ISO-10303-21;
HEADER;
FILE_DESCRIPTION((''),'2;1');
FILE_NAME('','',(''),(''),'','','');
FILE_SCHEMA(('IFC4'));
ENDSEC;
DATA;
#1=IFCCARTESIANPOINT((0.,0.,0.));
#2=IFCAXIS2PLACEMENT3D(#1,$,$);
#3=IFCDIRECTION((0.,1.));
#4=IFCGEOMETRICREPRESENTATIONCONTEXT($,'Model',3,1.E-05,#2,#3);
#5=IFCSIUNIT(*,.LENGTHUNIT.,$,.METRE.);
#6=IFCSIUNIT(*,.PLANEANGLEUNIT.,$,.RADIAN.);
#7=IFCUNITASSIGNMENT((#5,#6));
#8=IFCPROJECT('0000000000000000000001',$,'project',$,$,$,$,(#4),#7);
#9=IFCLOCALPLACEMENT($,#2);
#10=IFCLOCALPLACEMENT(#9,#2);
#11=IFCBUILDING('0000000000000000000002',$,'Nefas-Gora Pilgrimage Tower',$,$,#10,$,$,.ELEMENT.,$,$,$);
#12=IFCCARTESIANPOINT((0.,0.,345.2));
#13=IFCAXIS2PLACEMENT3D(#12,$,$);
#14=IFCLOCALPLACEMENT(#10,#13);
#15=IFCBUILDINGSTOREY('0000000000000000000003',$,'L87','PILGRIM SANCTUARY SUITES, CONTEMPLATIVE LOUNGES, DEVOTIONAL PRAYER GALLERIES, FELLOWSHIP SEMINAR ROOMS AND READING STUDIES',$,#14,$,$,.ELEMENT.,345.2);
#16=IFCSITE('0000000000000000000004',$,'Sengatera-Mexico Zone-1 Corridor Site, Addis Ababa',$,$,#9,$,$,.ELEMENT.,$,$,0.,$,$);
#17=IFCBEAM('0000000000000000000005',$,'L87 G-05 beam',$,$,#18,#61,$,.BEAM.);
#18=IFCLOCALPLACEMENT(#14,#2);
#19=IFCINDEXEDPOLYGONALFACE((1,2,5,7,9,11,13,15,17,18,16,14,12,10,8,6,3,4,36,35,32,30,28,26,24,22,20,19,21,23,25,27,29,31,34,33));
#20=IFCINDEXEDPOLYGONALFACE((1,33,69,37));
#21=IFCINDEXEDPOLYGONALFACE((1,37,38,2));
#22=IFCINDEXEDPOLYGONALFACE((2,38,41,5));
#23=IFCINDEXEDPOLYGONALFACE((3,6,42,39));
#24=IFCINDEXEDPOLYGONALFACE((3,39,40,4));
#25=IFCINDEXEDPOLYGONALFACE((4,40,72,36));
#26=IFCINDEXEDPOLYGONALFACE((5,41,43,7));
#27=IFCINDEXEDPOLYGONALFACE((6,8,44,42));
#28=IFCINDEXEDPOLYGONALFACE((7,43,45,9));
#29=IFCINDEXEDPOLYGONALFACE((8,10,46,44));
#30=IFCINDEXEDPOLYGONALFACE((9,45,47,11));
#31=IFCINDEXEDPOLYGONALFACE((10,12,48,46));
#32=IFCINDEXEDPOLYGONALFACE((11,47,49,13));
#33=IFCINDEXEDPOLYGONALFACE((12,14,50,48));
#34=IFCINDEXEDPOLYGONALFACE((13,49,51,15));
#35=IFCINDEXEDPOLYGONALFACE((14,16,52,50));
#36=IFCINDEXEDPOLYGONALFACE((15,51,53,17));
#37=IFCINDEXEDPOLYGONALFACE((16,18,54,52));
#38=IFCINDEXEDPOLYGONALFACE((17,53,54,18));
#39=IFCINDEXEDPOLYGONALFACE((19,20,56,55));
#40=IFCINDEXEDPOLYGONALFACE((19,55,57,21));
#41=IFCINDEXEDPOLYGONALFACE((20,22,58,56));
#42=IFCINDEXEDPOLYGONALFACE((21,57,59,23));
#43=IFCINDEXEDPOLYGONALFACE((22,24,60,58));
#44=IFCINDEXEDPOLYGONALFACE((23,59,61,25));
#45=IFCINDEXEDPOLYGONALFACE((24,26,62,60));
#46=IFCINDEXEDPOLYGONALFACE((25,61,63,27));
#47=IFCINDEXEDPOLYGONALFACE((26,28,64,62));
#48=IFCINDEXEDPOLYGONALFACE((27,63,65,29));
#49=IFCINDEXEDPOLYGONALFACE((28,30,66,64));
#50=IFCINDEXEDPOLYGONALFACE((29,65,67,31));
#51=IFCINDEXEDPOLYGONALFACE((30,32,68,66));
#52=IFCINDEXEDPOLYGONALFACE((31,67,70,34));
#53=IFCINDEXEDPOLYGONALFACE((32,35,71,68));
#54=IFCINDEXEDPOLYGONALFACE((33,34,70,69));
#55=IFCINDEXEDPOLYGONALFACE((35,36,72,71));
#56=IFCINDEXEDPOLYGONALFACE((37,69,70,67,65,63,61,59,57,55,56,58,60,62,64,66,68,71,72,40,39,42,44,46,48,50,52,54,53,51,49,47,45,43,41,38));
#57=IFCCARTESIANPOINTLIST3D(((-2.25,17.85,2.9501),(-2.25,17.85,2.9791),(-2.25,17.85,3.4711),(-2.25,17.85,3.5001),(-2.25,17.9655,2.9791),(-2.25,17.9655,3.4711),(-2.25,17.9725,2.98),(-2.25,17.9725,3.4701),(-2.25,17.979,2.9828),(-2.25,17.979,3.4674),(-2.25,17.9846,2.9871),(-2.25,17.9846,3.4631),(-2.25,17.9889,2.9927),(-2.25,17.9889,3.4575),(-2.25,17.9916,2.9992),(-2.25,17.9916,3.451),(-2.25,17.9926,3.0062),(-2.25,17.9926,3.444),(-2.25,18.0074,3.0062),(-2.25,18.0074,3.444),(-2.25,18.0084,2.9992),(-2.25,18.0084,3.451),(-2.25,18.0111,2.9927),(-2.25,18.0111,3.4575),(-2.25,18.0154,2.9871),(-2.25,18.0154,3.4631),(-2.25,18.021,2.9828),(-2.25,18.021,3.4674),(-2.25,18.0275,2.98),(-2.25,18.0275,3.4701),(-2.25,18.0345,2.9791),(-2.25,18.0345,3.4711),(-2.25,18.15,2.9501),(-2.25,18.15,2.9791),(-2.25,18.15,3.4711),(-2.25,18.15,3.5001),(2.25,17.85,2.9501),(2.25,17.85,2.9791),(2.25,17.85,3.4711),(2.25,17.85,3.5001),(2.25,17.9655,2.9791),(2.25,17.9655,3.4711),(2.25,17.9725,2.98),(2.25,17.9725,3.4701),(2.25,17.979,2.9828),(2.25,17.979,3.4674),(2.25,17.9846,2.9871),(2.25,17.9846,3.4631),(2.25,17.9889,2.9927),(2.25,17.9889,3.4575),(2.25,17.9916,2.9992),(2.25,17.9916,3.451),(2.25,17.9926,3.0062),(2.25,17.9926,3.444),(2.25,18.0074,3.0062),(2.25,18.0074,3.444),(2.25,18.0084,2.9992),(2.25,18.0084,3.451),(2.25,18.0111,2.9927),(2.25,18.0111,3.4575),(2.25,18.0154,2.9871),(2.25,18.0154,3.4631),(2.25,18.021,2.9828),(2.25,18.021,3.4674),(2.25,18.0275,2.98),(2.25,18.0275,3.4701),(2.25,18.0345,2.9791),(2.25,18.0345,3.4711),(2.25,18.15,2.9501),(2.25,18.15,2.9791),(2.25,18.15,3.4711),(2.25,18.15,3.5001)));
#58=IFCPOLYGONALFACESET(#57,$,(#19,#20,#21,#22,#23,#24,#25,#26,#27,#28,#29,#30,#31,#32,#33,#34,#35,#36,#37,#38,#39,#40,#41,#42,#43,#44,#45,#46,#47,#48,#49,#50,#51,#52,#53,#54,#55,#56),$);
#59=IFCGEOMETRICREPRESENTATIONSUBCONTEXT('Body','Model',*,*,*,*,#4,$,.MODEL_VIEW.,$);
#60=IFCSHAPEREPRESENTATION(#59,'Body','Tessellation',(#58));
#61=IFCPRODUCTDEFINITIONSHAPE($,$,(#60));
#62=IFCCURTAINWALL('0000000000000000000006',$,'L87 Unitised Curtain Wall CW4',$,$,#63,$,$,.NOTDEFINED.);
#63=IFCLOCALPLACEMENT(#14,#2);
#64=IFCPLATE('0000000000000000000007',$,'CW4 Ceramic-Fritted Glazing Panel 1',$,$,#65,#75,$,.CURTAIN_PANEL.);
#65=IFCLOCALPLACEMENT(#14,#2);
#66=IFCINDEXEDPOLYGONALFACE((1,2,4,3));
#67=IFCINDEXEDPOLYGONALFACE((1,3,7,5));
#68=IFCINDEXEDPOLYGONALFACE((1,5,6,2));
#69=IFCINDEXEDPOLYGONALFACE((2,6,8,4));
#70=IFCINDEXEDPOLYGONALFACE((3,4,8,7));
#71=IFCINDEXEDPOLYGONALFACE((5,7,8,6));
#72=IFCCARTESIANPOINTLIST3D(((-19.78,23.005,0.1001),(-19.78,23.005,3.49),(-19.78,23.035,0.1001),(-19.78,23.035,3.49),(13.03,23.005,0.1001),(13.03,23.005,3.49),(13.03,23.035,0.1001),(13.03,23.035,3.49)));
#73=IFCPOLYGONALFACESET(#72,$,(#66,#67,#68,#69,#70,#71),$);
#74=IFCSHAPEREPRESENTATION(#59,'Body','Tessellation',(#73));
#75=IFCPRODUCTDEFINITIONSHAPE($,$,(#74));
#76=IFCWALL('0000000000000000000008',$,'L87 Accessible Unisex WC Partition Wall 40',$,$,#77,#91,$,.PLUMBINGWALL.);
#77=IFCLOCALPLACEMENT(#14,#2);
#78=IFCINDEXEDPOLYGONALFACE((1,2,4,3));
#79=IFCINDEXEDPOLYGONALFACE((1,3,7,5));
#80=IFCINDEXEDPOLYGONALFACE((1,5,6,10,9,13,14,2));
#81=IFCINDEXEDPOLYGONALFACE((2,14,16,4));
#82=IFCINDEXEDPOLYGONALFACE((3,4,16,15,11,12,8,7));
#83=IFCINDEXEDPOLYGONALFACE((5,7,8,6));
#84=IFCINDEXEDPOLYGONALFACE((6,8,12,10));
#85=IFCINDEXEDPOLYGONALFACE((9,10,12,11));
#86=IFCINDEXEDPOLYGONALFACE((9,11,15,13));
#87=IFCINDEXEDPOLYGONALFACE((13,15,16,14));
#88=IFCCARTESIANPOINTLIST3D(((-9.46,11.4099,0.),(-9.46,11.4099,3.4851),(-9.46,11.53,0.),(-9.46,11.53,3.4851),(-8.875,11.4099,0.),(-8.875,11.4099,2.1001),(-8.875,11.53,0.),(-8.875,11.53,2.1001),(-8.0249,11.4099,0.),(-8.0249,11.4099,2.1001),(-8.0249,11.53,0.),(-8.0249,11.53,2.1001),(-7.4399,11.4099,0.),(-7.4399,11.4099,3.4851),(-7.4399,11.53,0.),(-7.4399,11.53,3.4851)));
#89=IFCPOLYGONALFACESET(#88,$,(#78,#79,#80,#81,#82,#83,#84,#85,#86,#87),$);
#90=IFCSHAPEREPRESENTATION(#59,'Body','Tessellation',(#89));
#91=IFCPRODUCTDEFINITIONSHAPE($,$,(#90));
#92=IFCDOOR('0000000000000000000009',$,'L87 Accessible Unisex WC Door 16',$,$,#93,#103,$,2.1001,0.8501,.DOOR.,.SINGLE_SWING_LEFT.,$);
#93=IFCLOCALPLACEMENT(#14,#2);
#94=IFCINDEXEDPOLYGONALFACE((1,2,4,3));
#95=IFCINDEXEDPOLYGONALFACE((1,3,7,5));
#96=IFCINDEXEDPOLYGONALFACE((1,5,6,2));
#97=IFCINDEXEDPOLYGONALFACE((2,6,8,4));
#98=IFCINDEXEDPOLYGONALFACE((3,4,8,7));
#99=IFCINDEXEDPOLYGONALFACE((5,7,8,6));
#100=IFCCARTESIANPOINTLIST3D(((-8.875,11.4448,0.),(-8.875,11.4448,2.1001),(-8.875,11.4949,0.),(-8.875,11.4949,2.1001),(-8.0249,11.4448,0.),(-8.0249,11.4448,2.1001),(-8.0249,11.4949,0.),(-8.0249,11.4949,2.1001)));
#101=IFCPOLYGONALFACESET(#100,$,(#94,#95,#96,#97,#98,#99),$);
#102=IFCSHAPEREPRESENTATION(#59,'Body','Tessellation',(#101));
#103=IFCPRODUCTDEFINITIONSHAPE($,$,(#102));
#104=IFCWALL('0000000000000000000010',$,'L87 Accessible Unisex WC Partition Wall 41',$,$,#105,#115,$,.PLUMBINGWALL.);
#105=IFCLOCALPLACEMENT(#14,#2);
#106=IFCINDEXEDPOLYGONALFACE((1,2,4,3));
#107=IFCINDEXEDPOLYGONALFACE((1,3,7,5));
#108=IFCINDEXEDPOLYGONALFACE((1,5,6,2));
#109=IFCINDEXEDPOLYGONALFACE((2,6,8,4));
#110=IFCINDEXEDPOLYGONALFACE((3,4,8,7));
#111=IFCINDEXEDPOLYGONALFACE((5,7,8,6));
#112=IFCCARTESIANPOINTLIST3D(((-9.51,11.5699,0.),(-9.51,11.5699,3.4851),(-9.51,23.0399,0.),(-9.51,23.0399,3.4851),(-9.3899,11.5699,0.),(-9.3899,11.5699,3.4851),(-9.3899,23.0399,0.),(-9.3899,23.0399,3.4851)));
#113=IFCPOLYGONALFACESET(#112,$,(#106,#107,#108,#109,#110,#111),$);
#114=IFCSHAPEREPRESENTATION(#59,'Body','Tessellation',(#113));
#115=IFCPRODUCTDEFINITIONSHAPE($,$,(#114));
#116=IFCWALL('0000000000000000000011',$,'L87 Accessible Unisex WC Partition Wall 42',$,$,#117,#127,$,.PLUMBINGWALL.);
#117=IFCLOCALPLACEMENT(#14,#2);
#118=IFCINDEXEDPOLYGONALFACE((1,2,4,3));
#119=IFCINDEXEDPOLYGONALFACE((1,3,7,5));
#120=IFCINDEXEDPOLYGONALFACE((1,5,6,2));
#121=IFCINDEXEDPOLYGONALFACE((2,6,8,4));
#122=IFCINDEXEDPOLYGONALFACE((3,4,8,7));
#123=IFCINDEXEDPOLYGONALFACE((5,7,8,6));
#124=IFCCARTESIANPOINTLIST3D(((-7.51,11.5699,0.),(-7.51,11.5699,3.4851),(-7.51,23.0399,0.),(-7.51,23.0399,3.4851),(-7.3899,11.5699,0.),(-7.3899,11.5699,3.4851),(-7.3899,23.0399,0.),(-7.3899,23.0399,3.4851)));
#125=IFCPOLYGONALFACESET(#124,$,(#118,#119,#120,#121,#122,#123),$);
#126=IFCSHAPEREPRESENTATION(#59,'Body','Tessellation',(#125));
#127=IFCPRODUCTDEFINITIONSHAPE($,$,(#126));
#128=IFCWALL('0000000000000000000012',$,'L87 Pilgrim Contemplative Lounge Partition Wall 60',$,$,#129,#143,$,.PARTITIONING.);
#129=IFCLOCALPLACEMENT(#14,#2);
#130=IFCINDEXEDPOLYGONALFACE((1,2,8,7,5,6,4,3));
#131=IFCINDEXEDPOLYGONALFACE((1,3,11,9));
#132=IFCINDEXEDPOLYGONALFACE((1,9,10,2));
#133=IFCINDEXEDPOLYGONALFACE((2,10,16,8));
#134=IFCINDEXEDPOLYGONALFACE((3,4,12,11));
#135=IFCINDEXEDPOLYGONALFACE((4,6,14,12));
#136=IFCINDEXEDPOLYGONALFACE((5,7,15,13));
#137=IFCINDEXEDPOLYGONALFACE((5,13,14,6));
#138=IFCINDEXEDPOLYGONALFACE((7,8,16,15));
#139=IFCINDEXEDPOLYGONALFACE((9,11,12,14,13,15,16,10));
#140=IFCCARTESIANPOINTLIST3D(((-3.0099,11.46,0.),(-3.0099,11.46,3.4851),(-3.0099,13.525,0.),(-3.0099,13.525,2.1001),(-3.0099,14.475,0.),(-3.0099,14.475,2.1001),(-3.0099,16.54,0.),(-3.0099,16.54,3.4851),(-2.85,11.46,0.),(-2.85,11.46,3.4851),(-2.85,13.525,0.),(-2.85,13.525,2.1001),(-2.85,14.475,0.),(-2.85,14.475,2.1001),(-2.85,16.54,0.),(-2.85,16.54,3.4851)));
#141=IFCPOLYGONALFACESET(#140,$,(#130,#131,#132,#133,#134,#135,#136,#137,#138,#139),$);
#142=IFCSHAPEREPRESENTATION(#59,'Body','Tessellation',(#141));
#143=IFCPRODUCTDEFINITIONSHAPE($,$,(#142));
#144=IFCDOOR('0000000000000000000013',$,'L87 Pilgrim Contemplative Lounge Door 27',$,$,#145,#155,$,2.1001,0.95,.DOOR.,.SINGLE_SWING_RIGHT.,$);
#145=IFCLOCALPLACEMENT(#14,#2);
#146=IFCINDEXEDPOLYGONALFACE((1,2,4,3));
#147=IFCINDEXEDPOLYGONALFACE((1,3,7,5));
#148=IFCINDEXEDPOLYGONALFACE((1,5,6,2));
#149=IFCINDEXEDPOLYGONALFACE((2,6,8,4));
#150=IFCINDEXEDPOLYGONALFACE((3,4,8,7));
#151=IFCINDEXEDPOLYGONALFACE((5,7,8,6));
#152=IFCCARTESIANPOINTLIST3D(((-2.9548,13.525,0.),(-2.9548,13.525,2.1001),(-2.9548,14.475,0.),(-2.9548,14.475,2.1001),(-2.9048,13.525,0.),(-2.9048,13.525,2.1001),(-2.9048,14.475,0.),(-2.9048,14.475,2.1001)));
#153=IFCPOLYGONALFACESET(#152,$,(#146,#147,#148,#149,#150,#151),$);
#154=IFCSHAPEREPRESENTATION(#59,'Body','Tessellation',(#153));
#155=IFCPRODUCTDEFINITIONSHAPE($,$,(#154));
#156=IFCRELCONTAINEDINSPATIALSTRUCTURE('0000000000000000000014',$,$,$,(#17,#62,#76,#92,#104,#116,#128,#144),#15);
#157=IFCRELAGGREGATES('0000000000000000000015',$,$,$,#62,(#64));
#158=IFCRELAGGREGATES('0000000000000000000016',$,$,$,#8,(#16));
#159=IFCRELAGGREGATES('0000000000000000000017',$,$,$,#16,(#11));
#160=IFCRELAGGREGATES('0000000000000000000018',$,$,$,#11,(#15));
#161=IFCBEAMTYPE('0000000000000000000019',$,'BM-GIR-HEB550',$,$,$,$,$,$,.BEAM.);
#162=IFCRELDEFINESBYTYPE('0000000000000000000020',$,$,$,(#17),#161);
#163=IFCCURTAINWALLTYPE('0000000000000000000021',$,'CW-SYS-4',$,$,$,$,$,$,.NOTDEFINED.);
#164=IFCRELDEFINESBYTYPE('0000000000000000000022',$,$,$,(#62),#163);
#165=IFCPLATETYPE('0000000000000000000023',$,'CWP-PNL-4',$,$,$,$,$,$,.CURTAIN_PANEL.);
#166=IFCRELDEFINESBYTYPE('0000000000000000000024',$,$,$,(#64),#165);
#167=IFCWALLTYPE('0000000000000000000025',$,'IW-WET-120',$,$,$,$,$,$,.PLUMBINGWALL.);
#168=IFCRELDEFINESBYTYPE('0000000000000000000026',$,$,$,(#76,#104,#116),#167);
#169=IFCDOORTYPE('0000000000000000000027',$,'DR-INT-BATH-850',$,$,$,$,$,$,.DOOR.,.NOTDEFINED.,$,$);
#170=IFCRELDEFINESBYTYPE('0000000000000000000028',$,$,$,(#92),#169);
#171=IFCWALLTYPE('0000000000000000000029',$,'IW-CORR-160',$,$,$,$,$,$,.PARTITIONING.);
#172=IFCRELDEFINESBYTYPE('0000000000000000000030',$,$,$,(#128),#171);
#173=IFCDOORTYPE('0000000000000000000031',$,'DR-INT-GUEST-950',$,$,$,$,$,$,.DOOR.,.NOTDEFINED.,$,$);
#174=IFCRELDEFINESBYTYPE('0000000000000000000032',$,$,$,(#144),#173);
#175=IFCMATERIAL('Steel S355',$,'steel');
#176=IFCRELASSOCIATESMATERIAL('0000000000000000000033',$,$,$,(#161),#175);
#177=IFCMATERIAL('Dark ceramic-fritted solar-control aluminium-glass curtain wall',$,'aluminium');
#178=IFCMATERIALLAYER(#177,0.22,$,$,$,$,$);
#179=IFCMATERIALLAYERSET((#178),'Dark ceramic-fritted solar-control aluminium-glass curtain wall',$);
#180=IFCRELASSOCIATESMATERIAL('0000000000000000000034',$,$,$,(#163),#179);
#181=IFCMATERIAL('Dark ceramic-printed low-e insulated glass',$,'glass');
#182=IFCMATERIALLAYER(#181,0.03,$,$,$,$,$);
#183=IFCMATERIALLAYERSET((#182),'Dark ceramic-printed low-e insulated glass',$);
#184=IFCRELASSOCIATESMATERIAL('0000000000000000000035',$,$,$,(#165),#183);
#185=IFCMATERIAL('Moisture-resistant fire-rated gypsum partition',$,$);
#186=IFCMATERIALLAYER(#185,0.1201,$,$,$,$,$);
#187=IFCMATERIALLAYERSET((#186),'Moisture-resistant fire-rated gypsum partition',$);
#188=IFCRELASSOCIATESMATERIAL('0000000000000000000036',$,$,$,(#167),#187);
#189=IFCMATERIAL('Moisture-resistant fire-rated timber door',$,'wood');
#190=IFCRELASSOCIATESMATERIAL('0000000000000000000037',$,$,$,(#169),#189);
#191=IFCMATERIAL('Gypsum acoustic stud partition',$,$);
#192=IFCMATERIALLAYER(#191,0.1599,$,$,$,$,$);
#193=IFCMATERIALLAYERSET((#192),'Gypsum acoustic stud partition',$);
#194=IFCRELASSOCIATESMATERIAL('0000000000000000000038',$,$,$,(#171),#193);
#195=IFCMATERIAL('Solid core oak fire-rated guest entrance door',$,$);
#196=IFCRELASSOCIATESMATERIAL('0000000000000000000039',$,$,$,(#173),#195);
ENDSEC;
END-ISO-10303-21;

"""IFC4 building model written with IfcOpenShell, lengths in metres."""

from ifc_helpers import new_model, si_unit, direction, frame, frame_2d, origin, origin_2d, place, context, subcontext, project, spatial, rectangle, i_section, extrude, source, transform, mapped, material, layer, layer_set, material_profile, profile_set, type_object, element, fill, aggregate, save


model = new_model("IFC4")

# Units and contexts
model_context = context("Model", 3, precision=1e-05, world=origin(), true_north=direction((0.0, 1.0)))
body_context = subcontext(model_context, "Body", "Model", "MODEL_VIEW")
ifc_project = project(units=[si_unit("LENGTHUNIT", "METRE"), si_unit("PLANEANGLEUNIT", "RADIAN")], contexts=[model_context])

# Site, building, storey
site_placement = place(None, origin())
site = spatial("IfcSite", under=ifc_project, at=site_placement, Name="Sengatera-Mexico Zone-1 Corridor Site, Addis Ababa", CompositionType="ELEMENT", RefElevation=0.0)
building_placement = place(site_placement, origin())
building = spatial("IfcBuilding", under=site, at=building_placement, Name="Nefas-Gora Pilgrimage Tower", CompositionType="ELEMENT")
storey_placement = place(building_placement, frame((0.0, 0.0, 345.2)))
storey = spatial("IfcBuildingStorey", under=building, at=storey_placement, Name="L87", Description="PILGRIM SANCTUARY SUITES, CONTEMPLATIVE LOUNGES, DEVOTIONAL PRAYER GALLERIES, FELLOWSHIP SEMINAR ROOMS AND READING STUDIES", CompositionType="ELEMENT", Elevation=345.2)

# Shared definitions
ifc_material_1 = material(Name="Steel S355", Category="steel")

# Beam
ifc_material_profile_1 = material_profile(ifc_material_1, i_section(OverallWidth=0.3, OverallDepth=0.55, WebThickness=0.0149, FlangeThickness=0.0291, FilletRadius=0.0271, at=origin_2d()), Name="HEB 550")
ifc_profile_set_1 = profile_set([ifc_material_profile_1], Name="Steel S355")
beam_type_1 = type_object("IfcBeamType", Name="BM-GIR-HEB550", PredefinedType="BEAM", material=ifc_profile_set_1)
shared_shape_1 = source(origin(), body_context, "Body", "SweptSolid", [
    extrude(i_section(OverallWidth=0.3, OverallDepth=0.55, WebThickness=0.0149, FlangeThickness=0.0291, FilletRadius=0.0271, at=origin_2d()), origin(), (0.0, 0.0, 1.0), 4.5),
])
for number, where, z_axis, x_axis, name in (
    (1, (-2.25, 18.0, 3.2251), (1.0, 0.0, 0.0), (0.0, 1.0, 0.0), "L87 G-05 beam"),
):
    element("IfcBeam", number, at=place(storey_placement, frame(where, z_axis=z_axis, x_axis=x_axis)), inside=storey, type_object=beam_type_1, Name=name, PredefinedType="BEAM", context=body_context, shape_type="MappedRepresentation", body=[
        mapped(shared_shape_1, transform((0.0, 0.0, 0.0), x_axis=(1.0, 0.0, 0.0), y_axis=(0.0, 1.0, 0.0), z_axis=(0.0, 0.0, 1.0), scale=1.0)),
    ])

# Curtain wall, plate
ifc_material_2 = material(Name="Dark ceramic-fritted solar-control aluminium-glass curtain wall", Category="aluminium")
ifc_layer_1 = layer(ifc_material_2, 0.22)
ifc_layer_set_1 = layer_set([ifc_layer_1], Name="Dark ceramic-fritted solar-control aluminium-glass curtain wall")
curtain_wall_type = type_object("IfcCurtainWallType", Name="CW-SYS-4", PredefinedType="NOTDEFINED", material=ifc_layer_set_1)
curtain_wall_placement = place(storey_placement, origin())
curtain_wall = element("IfcCurtainWall", 2, at=curtain_wall_placement, inside=storey, type_object=curtain_wall_type, Name="L87 Unitised Curtain Wall CW4", PredefinedType="NOTDEFINED")
ifc_material_3 = material(Name="Dark ceramic-printed low-e insulated glass", Category="glass")
ifc_layer_2 = layer(ifc_material_3, 0.03)
ifc_layer_set_2 = layer_set([ifc_layer_2], Name="Dark ceramic-printed low-e insulated glass")
plate_type = type_object("IfcPlateType", Name="CWP-PNL-4", PredefinedType="CURTAIN_PANEL", material=ifc_layer_set_2)
shared_shape_2 = source(origin(), body_context, "Body", "SweptSolid", [
    extrude(rectangle(XDim=32.8101, YDim=0.03, at=origin_2d()), origin(), (0.0, 0.0, 1.0), 3.3899),
])
plate_placement = place(storey_placement, frame((-3.375, 23.02, 0.1001), z_axis=(0.0, 0.0, 1.0), x_axis=(-1.0, 0.0, 0.0)))
plate = element("IfcPlate", 3, at=plate_placement, type_object=plate_type, Name="CW4 Ceramic-Fritted Glazing Panel 1", PredefinedType="CURTAIN_PANEL", context=body_context, shape_type="MappedRepresentation", body=[
    mapped(shared_shape_2, transform((0.0, 0.0, 0.0), x_axis=(1.0, 0.0, 0.0), y_axis=(0.0, 1.0, 0.0), z_axis=(0.0, 0.0, 1.0), scale=1.0)),
])
aggregate(curtain_wall, [plate])

# Wall, opening, door
ifc_material_4 = material(Name="Moisture-resistant fire-rated gypsum partition")
ifc_layer_3 = layer(ifc_material_4, 0.1201)
ifc_layer_set_3 = layer_set([ifc_layer_3], Name="Moisture-resistant fire-rated gypsum partition")
wall_type_1 = type_object("IfcWallType", Name="IW-WET-120", PredefinedType="PLUMBINGWALL", material=ifc_layer_set_3)
shared_shape_3 = source(origin(), body_context, "Body", "SweptSolid", [
    extrude(rectangle(XDim=2.02, YDim=0.1201, at=frame_2d((1.01, 0.0))), origin(), (0.0, 0.0, 1.0), 3.4851),
])
wall_1_placement = place(storey_placement, frame((-9.46, 11.47, 0.0), z_axis=(0.0, 0.0, 1.0), x_axis=(1.0, 0.0, 0.0)))
wall_1 = element("IfcWall", 4, at=wall_1_placement, inside=storey, type_object=wall_type_1, Name="L87 Accessible Unisex WC Partition Wall 40", PredefinedType="PLUMBINGWALL", context=body_context, shape_type="MappedRepresentation", body=[
    mapped(shared_shape_3, transform((0.0, 0.0, 0.0), x_axis=(1.0, 0.0, 0.0), y_axis=(0.0, 1.0, 0.0), z_axis=(0.0, 0.0, 1.0), scale=1.0)),
])
opening_1_placement = place(wall_1_placement, frame((0.585, 0.0, 0.0)))
opening_1 = element("IfcOpeningElement", 5, at=opening_1_placement, cuts=wall_1, PredefinedType="OPENING", context=body_context, shape_type="SweptSolid", body=[
    extrude(rectangle(XDim=0.8501, YDim=2.1001, at=frame_2d((0.425, 1.05))), frame((0.0, 0.0701, 0.0), z_axis=(0.0, -1.0, 0.0), x_axis=(1.0, 0.0, 0.0)), (0.0, 0.0, 1.0), 0.1401),
])
ifc_material_5 = material(Name="Moisture-resistant fire-rated timber door", Category="wood")
door_type_1 = type_object("IfcDoorType", Name="DR-INT-BATH-850", OperationType="NOTDEFINED", PredefinedType="DOOR", material=ifc_material_5)
shared_shape_4 = source(origin(), body_context, "Body", "SweptSolid", [
    extrude(rectangle(XDim=0.8501, YDim=2.1001, at=frame_2d((0.425, 1.05))), frame((0.0, 0.0249, 0.0), z_axis=(0.0, -1.0, 0.0), x_axis=(1.0, 0.0, 0.0)), (0.0, 0.0, 1.0), 0.05),
])
door_1_placement = place(opening_1_placement, origin())
door_1 = element("IfcDoor", 6, at=door_1_placement, inside=storey, type_object=door_type_1, Name="L87 Accessible Unisex WC Door 16", OperationType="SINGLE_SWING_LEFT", OverallHeight=2.1001, OverallWidth=0.8501, PredefinedType="DOOR", context=body_context, shape_type="MappedRepresentation", body=[
    mapped(shared_shape_4, transform((0.0, 0.0, 0.0), x_axis=(1.0, 0.0, 0.0), y_axis=(0.0, 1.0, 0.0), z_axis=(0.0, 0.0, 1.0), scale=1.0)),
])
fill(opening_1, door_1)

# Walls
shared_shape_5 = source(origin(), body_context, "Body", "SweptSolid", [
    extrude(rectangle(XDim=11.47, YDim=0.1201, at=frame_2d((5.7349, 0.0))), origin(), (0.0, 0.0, 1.0), 3.4851),
])
for number, where, z_axis, x_axis, name in (
    (7, (-9.45, 11.5701, 0.0), (0.0, 0.0, 1.0), (0.0, 1.0, 0.0), "L87 Accessible Unisex WC Partition Wall 41"),
    (8, (-7.45, 11.5701, 0.0), (0.0, 0.0, 1.0), (0.0, 1.0, 0.0), "L87 Accessible Unisex WC Partition Wall 42"),
):
    element("IfcWall", number, at=place(storey_placement, frame(where, z_axis=z_axis, x_axis=x_axis)), inside=storey, type_object=wall_type_1, Name=name, PredefinedType="PLUMBINGWALL", context=body_context, shape_type="MappedRepresentation", body=[
        mapped(shared_shape_5, transform((0.0, 0.0, 0.0), x_axis=(1.0, 0.0, 0.0), y_axis=(0.0, 1.0, 0.0), z_axis=(0.0, 0.0, 1.0), scale=1.0)),
    ])

# Wall, opening, door
ifc_material_6 = material(Name="Gypsum acoustic stud partition")
ifc_layer_4 = layer(ifc_material_6, 0.1599)
ifc_layer_set_4 = layer_set([ifc_layer_4], Name="Gypsum acoustic stud partition")
wall_type_2 = type_object("IfcWallType", Name="IW-CORR-160", PredefinedType="PARTITIONING", material=ifc_layer_set_4)
shared_shape_6 = source(origin(), body_context, "Body", "SweptSolid", [
    extrude(rectangle(XDim=5.0801, YDim=0.1599, at=frame_2d((2.54, 0.0))), origin(), (0.0, 0.0, 1.0), 3.4851),
])
wall_2_placement = place(storey_placement, frame((-2.9299, 11.46, 0.0), z_axis=(0.0, 0.0, 1.0), x_axis=(0.0, 1.0, 0.0)))
wall_2 = element("IfcWall", 9, at=wall_2_placement, inside=storey, type_object=wall_type_2, Name="L87 Pilgrim Contemplative Lounge Partition Wall 60", PredefinedType="PARTITIONING", context=body_context, shape_type="MappedRepresentation", body=[
    mapped(shared_shape_6, transform((0.0, 0.0, 0.0), x_axis=(1.0, 0.0, 0.0), y_axis=(0.0, 1.0, 0.0), z_axis=(0.0, 0.0, 1.0), scale=1.0)),
])
opening_2_placement = place(wall_2_placement, frame((2.0649, 0.0, 0.0)))
opening_2 = element("IfcOpeningElement", 10, at=opening_2_placement, cuts=wall_2, PredefinedType="OPENING", context=body_context, shape_type="SweptSolid", body=[
    extrude(rectangle(XDim=0.95, YDim=2.1001, at=frame_2d((0.4751, 1.05))), frame((0.0, 0.0898, 0.0), z_axis=(0.0, -1.0, 0.0), x_axis=(1.0, 0.0, 0.0)), (0.0, 0.0, 1.0), 0.1799),
])
ifc_material_7 = material(Name="Solid core oak fire-rated guest entrance door")
door_type_2 = type_object("IfcDoorType", Name="DR-INT-GUEST-950", OperationType="NOTDEFINED", PredefinedType="DOOR", material=ifc_material_7)
shared_shape_7 = source(origin(), body_context, "Body", "SweptSolid", [
    extrude(rectangle(XDim=0.95, YDim=2.1001, at=frame_2d((0.4751, 1.05))), frame((0.0, 0.0249, 0.0), z_axis=(0.0, -1.0, 0.0), x_axis=(1.0, 0.0, 0.0)), (0.0, 0.0, 1.0), 0.05),
])
door_2_placement = place(opening_2_placement, origin())
door_2 = element("IfcDoor", 11, at=door_2_placement, inside=storey, type_object=door_type_2, Name="L87 Pilgrim Contemplative Lounge Door 27", OperationType="SINGLE_SWING_RIGHT", OverallHeight=2.1001, OverallWidth=0.95, PredefinedType="DOOR", context=body_context, shape_type="MappedRepresentation", body=[
    mapped(shared_shape_7, transform((0.0, 0.0, 0.0), x_axis=(1.0, 0.0, 0.0), y_axis=(0.0, 1.0, 0.0), z_axis=(0.0, 0.0, 1.0), scale=1.0)),
])
fill(opening_2, door_2)

save(model, "model.ifc")
